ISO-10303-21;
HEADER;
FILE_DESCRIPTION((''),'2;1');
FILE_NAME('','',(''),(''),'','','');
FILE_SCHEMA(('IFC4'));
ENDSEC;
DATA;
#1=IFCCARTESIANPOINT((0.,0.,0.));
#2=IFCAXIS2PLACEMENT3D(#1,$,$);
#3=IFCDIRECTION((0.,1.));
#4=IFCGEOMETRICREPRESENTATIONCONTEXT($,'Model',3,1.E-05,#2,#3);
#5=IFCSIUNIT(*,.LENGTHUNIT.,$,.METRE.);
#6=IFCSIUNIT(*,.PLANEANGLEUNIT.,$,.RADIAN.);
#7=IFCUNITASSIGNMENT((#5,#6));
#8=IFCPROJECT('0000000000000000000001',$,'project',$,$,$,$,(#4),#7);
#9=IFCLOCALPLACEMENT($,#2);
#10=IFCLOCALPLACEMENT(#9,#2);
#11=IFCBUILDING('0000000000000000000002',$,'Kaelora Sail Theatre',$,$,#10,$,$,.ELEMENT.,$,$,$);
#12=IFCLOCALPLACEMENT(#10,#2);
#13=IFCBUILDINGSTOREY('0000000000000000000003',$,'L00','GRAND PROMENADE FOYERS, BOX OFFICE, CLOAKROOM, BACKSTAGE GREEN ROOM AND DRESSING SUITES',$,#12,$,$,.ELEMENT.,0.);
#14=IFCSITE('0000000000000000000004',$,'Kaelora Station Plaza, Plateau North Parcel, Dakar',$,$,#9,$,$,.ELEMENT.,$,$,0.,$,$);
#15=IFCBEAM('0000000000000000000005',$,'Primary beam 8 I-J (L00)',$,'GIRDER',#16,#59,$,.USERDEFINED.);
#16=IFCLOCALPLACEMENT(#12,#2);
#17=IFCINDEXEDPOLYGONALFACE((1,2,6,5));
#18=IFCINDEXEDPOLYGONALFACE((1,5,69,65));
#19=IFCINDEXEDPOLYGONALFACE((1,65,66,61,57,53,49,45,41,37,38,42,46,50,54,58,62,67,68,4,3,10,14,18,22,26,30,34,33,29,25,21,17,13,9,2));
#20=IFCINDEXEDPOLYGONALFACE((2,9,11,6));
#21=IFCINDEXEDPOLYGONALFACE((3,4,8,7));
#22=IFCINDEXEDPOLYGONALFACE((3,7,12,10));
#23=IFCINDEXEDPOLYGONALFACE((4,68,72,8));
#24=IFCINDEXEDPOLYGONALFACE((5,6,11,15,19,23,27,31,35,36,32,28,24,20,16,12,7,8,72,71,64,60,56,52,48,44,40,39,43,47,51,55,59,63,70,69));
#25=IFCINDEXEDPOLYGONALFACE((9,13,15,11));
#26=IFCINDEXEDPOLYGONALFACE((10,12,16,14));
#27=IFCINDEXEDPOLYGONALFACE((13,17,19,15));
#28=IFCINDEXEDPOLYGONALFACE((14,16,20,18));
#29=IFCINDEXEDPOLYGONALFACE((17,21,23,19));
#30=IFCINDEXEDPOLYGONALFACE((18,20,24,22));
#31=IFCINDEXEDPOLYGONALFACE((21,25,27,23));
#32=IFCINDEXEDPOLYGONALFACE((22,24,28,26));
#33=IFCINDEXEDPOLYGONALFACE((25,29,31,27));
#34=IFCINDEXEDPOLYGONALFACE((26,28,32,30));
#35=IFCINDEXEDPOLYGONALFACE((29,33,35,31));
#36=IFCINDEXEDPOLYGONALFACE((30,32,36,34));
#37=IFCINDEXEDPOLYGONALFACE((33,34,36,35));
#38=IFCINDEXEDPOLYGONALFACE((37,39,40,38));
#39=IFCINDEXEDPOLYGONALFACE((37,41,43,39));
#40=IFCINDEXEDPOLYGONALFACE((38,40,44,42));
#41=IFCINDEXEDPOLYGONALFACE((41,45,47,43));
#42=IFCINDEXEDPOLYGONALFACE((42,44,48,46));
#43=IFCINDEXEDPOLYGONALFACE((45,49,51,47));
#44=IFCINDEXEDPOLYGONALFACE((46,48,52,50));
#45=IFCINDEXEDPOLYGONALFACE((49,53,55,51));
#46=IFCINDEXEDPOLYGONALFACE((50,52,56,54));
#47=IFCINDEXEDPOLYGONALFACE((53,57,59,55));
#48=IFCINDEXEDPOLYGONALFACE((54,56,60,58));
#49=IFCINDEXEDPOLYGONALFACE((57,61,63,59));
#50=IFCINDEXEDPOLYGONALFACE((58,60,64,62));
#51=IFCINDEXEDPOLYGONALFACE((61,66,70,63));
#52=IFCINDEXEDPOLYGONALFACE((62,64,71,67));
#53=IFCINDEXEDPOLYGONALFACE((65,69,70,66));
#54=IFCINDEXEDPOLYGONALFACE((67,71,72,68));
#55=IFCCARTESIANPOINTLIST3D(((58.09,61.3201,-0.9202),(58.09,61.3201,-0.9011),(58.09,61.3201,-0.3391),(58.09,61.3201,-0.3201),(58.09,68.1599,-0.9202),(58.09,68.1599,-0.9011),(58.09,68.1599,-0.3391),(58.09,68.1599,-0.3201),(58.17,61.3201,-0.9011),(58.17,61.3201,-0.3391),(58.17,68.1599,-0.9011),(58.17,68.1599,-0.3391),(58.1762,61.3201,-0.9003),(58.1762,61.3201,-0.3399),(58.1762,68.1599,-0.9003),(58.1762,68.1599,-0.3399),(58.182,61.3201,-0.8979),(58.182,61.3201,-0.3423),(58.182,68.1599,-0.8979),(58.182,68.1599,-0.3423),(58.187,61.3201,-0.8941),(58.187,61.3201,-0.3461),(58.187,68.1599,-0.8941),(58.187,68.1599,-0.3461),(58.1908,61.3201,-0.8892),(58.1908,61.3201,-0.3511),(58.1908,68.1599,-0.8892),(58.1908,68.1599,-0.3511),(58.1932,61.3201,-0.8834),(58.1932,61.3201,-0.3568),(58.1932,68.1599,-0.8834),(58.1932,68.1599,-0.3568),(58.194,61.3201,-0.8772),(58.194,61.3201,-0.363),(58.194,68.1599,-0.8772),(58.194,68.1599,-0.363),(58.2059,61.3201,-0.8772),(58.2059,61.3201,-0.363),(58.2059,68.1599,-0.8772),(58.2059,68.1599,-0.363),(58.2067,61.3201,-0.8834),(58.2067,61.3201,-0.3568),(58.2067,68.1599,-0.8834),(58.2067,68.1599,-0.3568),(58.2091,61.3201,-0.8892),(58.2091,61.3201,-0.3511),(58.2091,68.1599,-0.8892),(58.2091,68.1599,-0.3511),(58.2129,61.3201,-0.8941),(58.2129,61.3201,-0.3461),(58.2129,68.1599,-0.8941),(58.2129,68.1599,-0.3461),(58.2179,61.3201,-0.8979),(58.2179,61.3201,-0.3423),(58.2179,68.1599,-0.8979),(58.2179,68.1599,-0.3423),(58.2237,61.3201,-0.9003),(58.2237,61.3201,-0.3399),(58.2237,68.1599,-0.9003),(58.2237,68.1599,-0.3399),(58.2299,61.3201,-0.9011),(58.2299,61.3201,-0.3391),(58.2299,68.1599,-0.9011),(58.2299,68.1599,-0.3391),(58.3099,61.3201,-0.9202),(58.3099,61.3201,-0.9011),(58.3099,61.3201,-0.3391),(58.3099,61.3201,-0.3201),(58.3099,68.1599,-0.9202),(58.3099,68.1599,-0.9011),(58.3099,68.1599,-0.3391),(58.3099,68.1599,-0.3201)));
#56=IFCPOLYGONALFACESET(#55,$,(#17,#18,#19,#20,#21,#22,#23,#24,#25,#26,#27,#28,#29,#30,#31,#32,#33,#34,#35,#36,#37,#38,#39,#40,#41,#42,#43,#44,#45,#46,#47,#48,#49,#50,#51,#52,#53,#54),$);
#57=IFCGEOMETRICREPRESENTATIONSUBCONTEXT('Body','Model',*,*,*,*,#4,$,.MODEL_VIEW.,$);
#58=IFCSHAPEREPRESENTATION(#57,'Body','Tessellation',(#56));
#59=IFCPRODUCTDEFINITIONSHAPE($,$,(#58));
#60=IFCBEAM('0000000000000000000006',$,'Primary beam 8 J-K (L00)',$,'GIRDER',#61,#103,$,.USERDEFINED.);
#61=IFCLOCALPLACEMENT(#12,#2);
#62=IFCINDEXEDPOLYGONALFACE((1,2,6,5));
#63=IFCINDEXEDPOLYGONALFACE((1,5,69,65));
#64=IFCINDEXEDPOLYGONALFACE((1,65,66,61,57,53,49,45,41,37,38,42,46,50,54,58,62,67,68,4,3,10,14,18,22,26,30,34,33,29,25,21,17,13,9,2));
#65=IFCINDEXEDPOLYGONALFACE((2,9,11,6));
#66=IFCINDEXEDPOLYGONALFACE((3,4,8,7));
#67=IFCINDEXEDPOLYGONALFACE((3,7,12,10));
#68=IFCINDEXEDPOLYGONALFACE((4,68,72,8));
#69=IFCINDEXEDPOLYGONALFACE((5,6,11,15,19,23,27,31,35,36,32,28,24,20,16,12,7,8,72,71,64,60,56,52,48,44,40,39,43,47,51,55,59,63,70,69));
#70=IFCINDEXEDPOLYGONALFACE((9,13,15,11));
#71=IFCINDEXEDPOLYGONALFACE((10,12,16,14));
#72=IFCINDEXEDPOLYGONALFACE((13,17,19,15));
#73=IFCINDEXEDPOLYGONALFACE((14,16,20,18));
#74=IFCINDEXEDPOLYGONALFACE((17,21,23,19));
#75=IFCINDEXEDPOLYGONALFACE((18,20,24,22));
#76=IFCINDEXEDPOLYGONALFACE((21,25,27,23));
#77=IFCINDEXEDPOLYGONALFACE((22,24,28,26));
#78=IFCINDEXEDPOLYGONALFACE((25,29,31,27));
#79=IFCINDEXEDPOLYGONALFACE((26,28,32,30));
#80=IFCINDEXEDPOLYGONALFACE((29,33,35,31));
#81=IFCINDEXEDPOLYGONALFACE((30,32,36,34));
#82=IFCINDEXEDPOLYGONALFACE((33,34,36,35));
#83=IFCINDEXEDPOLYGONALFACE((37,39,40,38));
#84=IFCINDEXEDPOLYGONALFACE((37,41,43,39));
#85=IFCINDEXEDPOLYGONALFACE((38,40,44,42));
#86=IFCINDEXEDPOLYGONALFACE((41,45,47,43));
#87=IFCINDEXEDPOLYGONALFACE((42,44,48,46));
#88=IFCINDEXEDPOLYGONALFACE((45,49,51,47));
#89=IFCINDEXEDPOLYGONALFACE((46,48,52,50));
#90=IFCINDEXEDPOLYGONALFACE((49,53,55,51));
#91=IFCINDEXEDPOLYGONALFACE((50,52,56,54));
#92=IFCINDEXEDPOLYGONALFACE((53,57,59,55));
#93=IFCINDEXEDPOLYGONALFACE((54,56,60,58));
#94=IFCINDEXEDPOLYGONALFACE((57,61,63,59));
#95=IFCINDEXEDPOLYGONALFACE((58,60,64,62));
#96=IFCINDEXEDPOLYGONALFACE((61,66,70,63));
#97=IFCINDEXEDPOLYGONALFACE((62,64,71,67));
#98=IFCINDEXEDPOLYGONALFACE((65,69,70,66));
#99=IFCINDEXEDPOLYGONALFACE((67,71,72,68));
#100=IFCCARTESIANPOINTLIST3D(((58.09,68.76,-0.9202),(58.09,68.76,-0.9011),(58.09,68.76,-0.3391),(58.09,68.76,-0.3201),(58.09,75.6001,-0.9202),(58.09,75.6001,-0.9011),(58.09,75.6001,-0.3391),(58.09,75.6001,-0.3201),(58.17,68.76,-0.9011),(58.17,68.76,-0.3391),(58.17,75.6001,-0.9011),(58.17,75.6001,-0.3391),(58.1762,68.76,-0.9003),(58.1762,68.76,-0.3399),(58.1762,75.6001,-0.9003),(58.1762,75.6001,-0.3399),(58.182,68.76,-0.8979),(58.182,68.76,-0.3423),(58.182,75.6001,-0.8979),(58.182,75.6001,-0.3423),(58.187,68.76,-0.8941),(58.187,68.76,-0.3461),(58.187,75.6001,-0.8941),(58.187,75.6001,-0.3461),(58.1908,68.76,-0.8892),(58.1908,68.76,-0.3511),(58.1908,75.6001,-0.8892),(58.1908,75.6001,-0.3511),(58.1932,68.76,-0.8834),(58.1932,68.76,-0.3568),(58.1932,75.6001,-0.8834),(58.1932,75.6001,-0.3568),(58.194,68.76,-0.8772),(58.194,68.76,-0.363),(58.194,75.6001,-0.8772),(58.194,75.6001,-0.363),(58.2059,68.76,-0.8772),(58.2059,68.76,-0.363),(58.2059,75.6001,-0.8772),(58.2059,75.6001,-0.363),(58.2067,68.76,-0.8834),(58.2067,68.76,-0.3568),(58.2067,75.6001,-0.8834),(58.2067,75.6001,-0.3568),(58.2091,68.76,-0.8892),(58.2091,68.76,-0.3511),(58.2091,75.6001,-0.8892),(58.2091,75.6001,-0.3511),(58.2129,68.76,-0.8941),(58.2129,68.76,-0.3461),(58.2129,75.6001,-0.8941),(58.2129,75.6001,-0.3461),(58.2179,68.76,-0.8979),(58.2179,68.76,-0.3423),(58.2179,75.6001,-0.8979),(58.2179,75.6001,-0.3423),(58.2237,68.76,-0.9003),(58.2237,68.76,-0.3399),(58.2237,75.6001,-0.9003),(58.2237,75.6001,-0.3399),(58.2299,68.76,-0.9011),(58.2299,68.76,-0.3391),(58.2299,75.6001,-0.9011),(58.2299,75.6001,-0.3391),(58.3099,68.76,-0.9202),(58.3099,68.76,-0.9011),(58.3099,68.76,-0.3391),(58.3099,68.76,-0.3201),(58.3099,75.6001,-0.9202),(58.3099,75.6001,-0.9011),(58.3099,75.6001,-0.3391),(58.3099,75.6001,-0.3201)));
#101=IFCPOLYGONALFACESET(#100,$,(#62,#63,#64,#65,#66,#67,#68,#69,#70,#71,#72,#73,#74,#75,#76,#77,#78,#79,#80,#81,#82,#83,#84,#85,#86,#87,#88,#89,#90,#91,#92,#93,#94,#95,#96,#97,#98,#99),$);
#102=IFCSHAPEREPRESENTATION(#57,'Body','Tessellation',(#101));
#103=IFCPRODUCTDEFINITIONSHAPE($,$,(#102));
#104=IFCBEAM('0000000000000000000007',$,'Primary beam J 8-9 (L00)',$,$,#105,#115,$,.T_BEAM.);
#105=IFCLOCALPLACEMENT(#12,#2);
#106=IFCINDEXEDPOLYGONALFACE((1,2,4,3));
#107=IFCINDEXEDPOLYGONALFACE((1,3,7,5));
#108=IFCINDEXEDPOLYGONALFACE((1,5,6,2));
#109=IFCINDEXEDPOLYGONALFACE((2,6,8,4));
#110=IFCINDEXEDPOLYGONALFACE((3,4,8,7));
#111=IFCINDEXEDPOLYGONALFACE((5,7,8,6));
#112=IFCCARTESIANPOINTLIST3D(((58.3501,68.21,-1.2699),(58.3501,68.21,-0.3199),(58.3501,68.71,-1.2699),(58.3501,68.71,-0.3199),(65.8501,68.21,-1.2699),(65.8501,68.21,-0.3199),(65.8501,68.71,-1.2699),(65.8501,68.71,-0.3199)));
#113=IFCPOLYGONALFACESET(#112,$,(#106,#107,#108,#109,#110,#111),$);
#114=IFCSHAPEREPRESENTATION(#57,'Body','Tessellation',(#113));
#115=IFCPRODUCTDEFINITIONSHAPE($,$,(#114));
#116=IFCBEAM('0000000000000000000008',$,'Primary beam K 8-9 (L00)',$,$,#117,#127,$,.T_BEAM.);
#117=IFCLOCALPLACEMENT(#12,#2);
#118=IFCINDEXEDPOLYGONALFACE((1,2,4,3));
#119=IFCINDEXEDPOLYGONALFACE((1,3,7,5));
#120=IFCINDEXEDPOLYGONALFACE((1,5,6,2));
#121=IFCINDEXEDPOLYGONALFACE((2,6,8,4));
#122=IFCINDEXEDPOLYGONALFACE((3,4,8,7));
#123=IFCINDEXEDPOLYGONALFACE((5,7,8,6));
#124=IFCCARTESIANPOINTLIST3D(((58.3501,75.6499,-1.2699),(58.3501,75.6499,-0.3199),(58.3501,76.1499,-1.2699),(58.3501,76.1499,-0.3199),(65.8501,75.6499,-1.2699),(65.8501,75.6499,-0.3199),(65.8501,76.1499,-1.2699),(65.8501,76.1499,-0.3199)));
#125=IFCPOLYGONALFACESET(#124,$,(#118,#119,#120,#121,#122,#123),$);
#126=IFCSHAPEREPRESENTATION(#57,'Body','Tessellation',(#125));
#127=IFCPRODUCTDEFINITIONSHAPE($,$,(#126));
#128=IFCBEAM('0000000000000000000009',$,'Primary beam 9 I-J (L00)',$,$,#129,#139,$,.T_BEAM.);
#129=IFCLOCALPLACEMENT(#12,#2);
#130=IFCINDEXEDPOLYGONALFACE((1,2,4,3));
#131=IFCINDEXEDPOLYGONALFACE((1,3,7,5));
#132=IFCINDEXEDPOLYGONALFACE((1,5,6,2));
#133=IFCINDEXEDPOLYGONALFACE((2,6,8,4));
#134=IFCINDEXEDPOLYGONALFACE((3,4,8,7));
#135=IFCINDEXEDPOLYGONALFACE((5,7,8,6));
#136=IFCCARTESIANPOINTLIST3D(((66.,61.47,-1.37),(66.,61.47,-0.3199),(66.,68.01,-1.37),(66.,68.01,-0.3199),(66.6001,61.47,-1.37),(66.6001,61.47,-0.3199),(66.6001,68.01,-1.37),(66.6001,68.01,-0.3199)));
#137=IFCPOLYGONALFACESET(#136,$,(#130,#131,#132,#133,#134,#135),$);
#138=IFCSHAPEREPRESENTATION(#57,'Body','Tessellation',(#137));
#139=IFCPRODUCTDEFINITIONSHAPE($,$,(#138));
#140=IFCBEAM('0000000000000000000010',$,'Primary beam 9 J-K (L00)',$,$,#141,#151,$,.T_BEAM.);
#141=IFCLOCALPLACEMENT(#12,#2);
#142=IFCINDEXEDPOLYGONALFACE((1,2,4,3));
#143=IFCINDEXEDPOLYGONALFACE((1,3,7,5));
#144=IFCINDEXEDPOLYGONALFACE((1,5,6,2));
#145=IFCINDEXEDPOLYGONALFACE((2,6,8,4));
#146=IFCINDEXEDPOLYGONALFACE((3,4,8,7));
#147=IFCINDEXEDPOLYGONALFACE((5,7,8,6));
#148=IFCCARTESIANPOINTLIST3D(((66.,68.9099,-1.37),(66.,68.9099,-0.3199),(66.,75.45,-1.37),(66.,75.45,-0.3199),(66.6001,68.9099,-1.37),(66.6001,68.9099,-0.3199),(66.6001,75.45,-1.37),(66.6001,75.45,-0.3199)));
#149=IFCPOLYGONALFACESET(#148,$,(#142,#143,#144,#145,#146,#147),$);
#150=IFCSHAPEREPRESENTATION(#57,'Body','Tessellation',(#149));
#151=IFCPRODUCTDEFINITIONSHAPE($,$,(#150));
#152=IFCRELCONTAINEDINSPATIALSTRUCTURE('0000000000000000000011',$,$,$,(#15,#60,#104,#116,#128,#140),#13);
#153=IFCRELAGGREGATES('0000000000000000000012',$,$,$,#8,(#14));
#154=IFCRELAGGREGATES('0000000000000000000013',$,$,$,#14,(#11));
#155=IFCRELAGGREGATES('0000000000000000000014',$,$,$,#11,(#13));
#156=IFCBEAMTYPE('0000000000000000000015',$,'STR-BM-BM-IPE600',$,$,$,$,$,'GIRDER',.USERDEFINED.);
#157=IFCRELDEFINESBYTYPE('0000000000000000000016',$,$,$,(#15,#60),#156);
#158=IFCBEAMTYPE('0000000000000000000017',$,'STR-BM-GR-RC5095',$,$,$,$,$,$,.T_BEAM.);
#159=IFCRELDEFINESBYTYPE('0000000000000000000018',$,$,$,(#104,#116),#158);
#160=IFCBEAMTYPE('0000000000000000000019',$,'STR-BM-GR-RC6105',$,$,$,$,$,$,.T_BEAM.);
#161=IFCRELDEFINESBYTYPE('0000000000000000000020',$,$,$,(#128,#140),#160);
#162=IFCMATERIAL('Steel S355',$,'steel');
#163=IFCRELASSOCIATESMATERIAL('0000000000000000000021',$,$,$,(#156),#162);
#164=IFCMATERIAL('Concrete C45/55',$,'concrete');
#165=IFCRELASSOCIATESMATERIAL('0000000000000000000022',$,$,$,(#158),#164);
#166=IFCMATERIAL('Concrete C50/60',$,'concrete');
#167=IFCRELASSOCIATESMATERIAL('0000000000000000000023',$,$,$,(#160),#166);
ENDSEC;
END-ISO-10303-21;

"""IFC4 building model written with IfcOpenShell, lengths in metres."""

from ifc_helpers import new_model, si_unit, direction, frame, origin, origin_2d, place, context, subcontext, project, spatial, rectangle, i_section, extrude, material, material_profile, profile_set, type_object, element, save


model = new_model("IFC4")

# Units and contexts
model_context = context("Model", 3, precision=1e-05, world=origin(), true_north=direction((0.0, 1.0)))
body_context = subcontext(model_context, "Body", "Model", "MODEL_VIEW")
ifc_project = project(units=[si_unit("LENGTHUNIT", "METRE"), si_unit("PLANEANGLEUNIT", "RADIAN")], contexts=[model_context])

# Site, building, storey
site_placement = place(None, origin())
site = spatial("IfcSite", under=ifc_project, at=site_placement, Name="Kaelora Station Plaza, Plateau North Parcel, Dakar", CompositionType="ELEMENT", RefElevation=0.0)
building_placement = place(site_placement, origin())
building = spatial("IfcBuilding", under=site, at=building_placement, Name="Kaelora Sail Theatre", CompositionType="ELEMENT")
storey_placement = place(building_placement, origin())
storey = spatial("IfcBuildingStorey", under=building, at=storey_placement, Name="L00", Description="GRAND PROMENADE FOYERS, BOX OFFICE, CLOAKROOM, BACKSTAGE GREEN ROOM AND DRESSING SUITES", CompositionType="ELEMENT", Elevation=0.0)

# Beams
ifc_material_1 = material(Name="Steel S355", Category="steel")
ifc_material_profile_1 = material_profile(ifc_material_1, i_section(OverallWidth=0.22, OverallDepth=0.6001, WebThickness=0.012, FlangeThickness=0.019, FilletRadius=0.0239, at=origin_2d()), Name="IPE 600")
ifc_profile_set_1 = profile_set([ifc_material_profile_1], Name="Steel S355")
beam_type_1 = type_object("IfcBeamType", Name="STR-BM-BM-IPE600", ElementType="GIRDER", PredefinedType="USERDEFINED", material=ifc_profile_set_1)
beam_1_placement = place(storey_placement, frame((58.2, 61.3201, -0.6201), z_axis=(0.0, 1.0, 0.0), x_axis=(-1.0, 0.0, 0.0)))
element("IfcBeam", 1, at=beam_1_placement, inside=storey, type_object=beam_type_1, Name="Primary beam 8 I-J (L00)", ObjectType="GIRDER", PredefinedType="USERDEFINED", context=body_context, shape_type="SweptSolid", body=[
    extrude(i_section(OverallWidth=0.22, OverallDepth=0.6001, WebThickness=0.012, FlangeThickness=0.019, FilletRadius=0.0239, at=origin_2d()), origin(), (0.0, 0.0, 1.0), 6.8398),
])
beam_2_placement = place(storey_placement, frame((58.2, 68.76, -0.6201), z_axis=(0.0, 1.0, 0.0), x_axis=(-1.0, 0.0, 0.0)))
element("IfcBeam", 2, at=beam_2_placement, inside=storey, type_object=beam_type_1, Name="Primary beam 8 J-K (L00)", ObjectType="GIRDER", PredefinedType="USERDEFINED", context=body_context, shape_type="SweptSolid", body=[
    extrude(i_section(OverallWidth=0.22, OverallDepth=0.6001, WebThickness=0.012, FlangeThickness=0.019, FilletRadius=0.0239, at=origin_2d()), origin(), (0.0, 0.0, 1.0), 6.8401),
])
ifc_material_2 = material(Name="Concrete C45/55", Category="concrete")
ifc_material_profile_2 = material_profile(ifc_material_2, rectangle(XDim=0.5, YDim=0.95, at=origin_2d()), Name="RC-GRD 500x950")
ifc_profile_set_2 = profile_set([ifc_material_profile_2], Name="Concrete C45/55")
beam_type_2 = type_object("IfcBeamType", Name="STR-BM-GR-RC5095", PredefinedType="T_BEAM", material=ifc_profile_set_2)
for number, where, z_axis, x_axis, name in (
    (3, (58.3501, 68.46, -0.7949), (1.0, 0.0, 0.0), (0.0, 1.0, 0.0), "Primary beam J 8-9 (L00)"),
    (4, (58.3501, 75.8999, -0.7949), (1.0, 0.0, 0.0), (0.0, 1.0, 0.0), "Primary beam K 8-9 (L00)"),
):
    element("IfcBeam", number, at=place(storey_placement, frame(where, z_axis=z_axis, x_axis=x_axis)), inside=storey, type_object=beam_type_2, Name=name, PredefinedType="T_BEAM", context=body_context, shape_type="SweptSolid", body=[
        extrude(rectangle(XDim=0.5, YDim=0.95, at=origin_2d()), origin(), (0.0, 0.0, 1.0), 7.5),
    ])
ifc_material_3 = material(Name="Concrete C50/60", Category="concrete")
ifc_material_profile_3 = material_profile(ifc_material_3, rectangle(XDim=0.6001, YDim=1.05, at=origin_2d()), Name="RC-GRD 600x1050")
ifc_profile_set_3 = profile_set([ifc_material_profile_3], Name="Concrete C50/60")
beam_type_3 = type_object("IfcBeamType", Name="STR-BM-GR-RC6105", PredefinedType="T_BEAM", material=ifc_profile_set_3)
for number, where, z_axis, x_axis, name in (
    (5, (66.3, 61.47, -0.845), (0.0, 1.0, 0.0), (-1.0, 0.0, 0.0), "Primary beam 9 I-J (L00)"),
    (6, (66.3, 68.9099, -0.845), (0.0, 1.0, 0.0), (-1.0, 0.0, 0.0), "Primary beam 9 J-K (L00)"),
):
    element("IfcBeam", number, at=place(storey_placement, frame(where, z_axis=z_axis, x_axis=x_axis)), inside=storey, type_object=beam_type_3, Name=name, PredefinedType="T_BEAM", context=body_context, shape_type="SweptSolid", body=[
        extrude(rectangle(XDim=0.6001, YDim=1.05, at=origin_2d()), origin(), (0.0, 0.0, 1.0), 6.54),
    ])

save(model, "model.ifc")
